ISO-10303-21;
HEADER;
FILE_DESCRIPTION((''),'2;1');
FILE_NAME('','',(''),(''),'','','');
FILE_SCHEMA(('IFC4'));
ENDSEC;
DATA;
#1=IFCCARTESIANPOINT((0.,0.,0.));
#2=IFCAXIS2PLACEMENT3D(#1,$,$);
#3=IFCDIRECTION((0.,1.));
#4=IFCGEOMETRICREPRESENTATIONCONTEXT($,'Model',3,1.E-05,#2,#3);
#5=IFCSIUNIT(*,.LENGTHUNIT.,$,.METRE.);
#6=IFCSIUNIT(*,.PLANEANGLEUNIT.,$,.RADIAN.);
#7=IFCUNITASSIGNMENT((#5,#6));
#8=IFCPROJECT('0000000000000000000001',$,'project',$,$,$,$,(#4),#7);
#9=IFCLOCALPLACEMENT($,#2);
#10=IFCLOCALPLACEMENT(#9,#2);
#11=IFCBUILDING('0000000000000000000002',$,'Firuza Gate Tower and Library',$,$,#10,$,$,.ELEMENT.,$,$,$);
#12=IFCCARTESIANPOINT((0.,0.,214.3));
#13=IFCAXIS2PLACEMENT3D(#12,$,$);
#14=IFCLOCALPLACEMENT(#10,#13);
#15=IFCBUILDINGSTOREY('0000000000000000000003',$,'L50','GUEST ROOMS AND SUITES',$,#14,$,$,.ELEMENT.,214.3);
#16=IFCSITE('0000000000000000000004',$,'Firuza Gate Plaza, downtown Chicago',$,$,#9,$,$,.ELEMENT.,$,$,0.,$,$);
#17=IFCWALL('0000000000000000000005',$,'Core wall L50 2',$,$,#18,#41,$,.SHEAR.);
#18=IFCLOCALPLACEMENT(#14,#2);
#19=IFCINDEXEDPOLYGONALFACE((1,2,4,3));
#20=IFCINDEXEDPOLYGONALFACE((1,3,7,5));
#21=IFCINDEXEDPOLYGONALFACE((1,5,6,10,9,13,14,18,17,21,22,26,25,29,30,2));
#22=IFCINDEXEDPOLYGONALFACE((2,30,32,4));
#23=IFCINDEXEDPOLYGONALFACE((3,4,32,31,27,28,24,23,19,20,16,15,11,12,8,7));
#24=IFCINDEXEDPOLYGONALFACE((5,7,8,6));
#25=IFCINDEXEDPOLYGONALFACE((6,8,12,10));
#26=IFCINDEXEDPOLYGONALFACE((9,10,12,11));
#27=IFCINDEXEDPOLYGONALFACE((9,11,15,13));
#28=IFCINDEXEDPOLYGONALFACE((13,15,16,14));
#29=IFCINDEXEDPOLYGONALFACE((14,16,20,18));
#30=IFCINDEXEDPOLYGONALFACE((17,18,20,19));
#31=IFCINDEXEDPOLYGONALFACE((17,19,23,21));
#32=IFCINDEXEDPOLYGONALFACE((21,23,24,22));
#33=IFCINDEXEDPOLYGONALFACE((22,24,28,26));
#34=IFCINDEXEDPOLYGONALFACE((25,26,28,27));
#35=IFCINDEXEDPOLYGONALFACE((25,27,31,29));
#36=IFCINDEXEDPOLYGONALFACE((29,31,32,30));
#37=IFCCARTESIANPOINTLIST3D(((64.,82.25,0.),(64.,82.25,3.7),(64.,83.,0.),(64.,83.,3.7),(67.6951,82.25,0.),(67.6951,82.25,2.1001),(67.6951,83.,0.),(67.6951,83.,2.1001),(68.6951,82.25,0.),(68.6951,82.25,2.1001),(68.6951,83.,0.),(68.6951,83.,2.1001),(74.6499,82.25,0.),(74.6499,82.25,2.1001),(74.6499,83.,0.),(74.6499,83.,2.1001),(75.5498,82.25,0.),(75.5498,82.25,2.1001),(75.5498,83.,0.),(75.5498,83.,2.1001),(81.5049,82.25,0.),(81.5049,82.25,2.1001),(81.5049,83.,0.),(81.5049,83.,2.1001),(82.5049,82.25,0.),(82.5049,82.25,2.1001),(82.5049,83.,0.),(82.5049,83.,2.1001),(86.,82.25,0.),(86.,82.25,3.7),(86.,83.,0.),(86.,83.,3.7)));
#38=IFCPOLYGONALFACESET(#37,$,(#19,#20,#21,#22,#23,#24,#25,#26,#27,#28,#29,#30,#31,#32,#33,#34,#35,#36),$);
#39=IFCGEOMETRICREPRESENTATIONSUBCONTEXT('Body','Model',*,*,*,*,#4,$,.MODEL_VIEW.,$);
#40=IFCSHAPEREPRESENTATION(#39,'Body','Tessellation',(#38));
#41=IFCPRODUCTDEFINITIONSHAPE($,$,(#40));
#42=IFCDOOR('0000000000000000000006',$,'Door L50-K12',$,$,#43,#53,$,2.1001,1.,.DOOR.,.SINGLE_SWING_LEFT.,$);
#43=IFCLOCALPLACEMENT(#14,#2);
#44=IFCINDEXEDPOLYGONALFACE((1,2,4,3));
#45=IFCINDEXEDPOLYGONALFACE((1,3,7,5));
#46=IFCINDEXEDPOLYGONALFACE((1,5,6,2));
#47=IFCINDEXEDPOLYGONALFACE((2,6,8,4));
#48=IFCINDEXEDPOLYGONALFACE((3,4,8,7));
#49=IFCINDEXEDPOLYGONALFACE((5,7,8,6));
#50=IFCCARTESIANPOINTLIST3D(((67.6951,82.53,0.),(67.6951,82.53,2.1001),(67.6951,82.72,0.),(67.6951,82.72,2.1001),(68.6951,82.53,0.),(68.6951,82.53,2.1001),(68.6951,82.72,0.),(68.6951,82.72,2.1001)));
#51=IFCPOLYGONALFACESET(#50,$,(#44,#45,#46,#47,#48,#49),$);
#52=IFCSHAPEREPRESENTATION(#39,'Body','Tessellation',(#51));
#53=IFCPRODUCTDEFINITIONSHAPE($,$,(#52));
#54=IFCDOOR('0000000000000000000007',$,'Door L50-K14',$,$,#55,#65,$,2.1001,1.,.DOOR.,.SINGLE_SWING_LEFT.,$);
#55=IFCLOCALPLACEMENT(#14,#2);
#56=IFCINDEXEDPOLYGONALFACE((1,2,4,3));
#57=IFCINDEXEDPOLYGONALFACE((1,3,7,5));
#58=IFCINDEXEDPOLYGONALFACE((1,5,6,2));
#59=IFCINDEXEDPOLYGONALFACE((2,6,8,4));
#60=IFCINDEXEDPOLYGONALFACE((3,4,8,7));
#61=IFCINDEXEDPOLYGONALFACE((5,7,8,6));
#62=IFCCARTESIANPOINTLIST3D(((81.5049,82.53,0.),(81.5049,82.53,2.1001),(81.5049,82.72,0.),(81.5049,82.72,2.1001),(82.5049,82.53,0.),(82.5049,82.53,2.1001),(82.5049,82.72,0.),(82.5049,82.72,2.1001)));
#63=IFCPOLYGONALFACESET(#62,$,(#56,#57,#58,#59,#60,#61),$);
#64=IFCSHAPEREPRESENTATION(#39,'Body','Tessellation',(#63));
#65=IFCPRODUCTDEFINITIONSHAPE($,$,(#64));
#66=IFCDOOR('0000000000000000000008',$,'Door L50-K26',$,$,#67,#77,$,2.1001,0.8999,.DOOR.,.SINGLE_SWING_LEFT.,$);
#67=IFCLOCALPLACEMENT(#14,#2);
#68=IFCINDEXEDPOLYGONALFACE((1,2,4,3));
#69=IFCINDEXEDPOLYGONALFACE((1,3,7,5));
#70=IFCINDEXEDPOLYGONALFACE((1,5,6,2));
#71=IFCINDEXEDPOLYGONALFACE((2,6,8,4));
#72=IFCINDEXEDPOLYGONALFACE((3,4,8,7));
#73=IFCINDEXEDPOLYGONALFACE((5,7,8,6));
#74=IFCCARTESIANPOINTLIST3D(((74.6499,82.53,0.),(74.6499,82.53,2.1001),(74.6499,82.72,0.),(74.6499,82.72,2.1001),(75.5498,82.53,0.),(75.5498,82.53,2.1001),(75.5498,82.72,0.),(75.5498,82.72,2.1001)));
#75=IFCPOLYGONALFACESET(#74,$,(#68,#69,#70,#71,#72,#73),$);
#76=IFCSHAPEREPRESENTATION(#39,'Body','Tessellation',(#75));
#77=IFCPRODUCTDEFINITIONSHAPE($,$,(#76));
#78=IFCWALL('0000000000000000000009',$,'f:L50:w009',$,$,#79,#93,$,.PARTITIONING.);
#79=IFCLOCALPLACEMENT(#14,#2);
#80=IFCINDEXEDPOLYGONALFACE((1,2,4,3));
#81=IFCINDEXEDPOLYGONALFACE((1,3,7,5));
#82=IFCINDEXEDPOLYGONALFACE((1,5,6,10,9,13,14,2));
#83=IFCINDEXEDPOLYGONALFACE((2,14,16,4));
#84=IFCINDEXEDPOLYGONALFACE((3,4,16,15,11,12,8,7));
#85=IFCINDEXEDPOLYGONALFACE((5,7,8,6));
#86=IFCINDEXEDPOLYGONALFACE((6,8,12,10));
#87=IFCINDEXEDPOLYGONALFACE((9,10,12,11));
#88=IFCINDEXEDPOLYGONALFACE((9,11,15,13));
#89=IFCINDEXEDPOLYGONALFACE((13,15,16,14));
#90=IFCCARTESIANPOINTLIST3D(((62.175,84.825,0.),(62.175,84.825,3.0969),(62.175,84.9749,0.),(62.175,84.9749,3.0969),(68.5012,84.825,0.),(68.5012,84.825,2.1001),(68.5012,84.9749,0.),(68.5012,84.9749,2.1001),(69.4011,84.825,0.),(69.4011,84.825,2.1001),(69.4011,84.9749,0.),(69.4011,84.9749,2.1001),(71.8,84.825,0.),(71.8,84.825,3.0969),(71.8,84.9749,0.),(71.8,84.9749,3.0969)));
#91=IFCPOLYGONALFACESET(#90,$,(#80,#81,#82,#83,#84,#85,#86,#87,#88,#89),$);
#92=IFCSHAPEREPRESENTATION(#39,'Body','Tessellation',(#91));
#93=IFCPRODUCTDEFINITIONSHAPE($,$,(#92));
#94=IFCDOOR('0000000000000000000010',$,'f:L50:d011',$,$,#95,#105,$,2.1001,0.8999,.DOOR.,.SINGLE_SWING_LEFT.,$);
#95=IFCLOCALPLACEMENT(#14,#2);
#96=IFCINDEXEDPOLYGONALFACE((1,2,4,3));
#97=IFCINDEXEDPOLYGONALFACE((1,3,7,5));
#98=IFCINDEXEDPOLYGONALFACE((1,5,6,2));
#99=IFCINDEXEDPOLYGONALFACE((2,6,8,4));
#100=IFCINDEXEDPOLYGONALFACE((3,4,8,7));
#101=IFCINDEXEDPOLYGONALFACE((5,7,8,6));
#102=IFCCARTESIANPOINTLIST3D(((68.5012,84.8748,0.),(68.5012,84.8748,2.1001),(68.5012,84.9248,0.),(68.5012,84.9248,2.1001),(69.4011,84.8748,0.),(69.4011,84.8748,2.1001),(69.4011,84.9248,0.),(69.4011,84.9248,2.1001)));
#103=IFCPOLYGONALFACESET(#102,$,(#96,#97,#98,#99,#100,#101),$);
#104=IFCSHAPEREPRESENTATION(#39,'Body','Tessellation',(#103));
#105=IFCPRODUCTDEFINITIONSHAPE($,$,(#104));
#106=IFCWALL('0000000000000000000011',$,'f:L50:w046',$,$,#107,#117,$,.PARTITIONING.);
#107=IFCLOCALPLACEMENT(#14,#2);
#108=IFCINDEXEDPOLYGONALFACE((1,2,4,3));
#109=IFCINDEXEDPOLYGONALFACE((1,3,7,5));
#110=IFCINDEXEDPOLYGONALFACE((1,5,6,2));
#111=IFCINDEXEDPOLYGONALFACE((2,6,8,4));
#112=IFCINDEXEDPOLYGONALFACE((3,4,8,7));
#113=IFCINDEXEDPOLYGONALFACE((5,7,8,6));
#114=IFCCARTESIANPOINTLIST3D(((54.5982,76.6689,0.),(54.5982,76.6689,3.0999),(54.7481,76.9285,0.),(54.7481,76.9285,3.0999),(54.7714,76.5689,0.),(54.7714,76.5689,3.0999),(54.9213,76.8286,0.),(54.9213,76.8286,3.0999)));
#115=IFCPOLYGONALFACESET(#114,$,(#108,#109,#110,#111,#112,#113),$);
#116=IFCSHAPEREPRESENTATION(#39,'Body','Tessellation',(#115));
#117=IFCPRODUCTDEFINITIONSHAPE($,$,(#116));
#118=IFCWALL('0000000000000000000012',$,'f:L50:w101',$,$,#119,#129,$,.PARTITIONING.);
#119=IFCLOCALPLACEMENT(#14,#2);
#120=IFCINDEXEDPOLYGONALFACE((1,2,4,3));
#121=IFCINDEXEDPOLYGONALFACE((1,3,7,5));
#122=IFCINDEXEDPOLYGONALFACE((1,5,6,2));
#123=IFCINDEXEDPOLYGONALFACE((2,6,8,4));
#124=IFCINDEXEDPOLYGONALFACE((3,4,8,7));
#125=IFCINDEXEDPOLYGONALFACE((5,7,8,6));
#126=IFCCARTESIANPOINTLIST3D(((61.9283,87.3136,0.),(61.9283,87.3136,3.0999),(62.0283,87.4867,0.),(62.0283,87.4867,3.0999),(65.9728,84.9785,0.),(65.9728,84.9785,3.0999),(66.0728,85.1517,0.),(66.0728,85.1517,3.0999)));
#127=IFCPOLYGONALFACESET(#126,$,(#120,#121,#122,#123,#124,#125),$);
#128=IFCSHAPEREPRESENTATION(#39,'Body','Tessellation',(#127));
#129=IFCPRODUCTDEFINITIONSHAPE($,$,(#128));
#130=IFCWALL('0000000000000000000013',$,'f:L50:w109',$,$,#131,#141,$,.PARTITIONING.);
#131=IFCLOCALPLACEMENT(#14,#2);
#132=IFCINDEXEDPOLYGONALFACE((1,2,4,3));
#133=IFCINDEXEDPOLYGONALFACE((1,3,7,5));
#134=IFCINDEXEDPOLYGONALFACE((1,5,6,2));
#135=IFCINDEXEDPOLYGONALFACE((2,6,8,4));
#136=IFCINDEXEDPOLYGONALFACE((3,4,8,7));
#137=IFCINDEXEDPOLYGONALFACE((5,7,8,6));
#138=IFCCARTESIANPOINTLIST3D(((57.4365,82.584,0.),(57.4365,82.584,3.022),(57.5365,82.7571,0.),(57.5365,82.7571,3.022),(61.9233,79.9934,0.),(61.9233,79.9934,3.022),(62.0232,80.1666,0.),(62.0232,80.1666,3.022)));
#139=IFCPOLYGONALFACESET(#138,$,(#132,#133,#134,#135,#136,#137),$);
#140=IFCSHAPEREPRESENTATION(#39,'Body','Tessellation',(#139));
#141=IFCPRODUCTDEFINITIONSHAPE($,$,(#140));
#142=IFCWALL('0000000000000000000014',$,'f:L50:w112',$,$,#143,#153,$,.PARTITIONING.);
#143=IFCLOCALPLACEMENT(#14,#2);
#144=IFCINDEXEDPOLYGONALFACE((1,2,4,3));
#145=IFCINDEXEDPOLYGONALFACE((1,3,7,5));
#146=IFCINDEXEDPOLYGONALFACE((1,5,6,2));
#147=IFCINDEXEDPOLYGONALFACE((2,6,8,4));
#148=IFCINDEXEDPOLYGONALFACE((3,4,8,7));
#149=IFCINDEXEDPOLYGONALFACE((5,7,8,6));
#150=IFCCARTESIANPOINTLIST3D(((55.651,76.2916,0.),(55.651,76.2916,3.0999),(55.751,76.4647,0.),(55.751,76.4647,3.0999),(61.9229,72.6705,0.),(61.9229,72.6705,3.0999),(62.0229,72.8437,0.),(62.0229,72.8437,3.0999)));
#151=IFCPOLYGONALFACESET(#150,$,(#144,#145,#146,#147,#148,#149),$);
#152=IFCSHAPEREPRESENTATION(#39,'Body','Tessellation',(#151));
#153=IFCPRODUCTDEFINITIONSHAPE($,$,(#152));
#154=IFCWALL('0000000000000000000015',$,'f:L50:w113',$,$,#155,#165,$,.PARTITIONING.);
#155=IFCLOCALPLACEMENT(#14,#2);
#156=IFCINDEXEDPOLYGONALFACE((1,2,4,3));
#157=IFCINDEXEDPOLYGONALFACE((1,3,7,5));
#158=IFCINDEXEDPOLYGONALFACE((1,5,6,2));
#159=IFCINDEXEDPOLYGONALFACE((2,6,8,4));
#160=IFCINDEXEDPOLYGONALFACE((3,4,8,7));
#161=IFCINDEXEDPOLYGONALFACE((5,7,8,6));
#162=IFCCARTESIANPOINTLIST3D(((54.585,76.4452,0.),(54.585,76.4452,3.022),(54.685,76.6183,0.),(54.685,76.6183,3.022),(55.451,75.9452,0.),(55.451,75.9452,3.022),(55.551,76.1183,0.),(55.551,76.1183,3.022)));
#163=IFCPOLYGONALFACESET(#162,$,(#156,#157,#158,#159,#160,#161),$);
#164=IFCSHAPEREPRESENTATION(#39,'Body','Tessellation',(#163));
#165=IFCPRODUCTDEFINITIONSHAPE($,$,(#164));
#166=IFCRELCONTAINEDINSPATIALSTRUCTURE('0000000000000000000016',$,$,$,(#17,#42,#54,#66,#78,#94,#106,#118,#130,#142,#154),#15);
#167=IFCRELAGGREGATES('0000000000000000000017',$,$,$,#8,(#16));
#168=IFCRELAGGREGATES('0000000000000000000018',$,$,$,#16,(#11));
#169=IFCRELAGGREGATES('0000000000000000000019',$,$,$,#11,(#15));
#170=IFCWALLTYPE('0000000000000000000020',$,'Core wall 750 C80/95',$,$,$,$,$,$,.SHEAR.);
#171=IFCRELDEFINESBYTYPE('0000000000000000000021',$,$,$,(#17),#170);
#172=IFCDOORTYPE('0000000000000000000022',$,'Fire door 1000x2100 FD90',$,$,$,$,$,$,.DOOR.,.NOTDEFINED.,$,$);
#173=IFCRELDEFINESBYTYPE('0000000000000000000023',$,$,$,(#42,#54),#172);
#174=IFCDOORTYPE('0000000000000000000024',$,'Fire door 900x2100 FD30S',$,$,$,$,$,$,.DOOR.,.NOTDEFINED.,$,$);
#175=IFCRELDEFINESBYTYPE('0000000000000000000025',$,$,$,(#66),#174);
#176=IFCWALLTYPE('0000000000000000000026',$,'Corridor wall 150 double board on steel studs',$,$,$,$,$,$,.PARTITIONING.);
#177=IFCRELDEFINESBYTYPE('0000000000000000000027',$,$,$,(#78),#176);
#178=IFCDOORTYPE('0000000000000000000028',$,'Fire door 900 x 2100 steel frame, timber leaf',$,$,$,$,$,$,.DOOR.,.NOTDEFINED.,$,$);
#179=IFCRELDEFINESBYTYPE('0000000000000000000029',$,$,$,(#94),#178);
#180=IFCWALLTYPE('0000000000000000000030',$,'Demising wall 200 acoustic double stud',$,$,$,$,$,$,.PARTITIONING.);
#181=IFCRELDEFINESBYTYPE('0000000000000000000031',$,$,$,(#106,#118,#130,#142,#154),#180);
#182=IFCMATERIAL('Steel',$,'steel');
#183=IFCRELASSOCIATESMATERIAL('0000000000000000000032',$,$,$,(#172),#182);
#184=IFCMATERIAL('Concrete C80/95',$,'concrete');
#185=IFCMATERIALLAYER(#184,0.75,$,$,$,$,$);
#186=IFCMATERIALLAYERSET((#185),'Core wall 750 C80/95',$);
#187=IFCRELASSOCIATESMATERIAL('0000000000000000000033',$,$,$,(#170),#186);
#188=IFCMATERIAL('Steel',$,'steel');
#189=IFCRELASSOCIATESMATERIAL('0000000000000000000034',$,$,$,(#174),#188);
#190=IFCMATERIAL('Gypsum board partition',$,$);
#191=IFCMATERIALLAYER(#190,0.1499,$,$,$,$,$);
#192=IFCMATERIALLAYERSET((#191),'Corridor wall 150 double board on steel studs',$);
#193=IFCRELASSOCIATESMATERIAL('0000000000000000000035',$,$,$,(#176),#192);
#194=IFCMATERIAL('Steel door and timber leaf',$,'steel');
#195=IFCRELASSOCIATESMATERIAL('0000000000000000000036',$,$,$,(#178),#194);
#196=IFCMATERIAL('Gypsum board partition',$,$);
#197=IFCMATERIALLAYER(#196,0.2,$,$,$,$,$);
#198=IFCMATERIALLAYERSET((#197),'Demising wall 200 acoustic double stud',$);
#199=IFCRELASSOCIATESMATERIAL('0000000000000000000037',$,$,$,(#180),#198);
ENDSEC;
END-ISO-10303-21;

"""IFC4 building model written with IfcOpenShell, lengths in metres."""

from ifc_helpers import new_model, si_unit, direction, frame, frame_2d, origin, place, context, subcontext, project, spatial, rectangle, extrude, material, layer, layer_set, type_object, element, fill, save


model = new_model("IFC4")

# Units and contexts
model_context = context("Model", 3, precision=1e-05, world=origin(), true_north=direction((0.0, 1.0)))
body_context = subcontext(model_context, "Body", "Model", "MODEL_VIEW")
ifc_project = project(units=[si_unit("LENGTHUNIT", "METRE"), si_unit("PLANEANGLEUNIT", "RADIAN")], contexts=[model_context])

# Site, building, storey
site_placement = place(None, origin())
site = spatial("IfcSite", under=ifc_project, at=site_placement, Name="Firuza Gate Plaza, downtown Chicago", CompositionType="ELEMENT", RefElevation=0.0)
building_placement = place(site_placement, origin())
building = spatial("IfcBuilding", under=site, at=building_placement, Name="Firuza Gate Tower and Library", CompositionType="ELEMENT")
storey_placement = place(building_placement, frame((0.0, 0.0, 214.3)))
storey = spatial("IfcBuildingStorey", under=building, at=storey_placement, Name="L50", Description="GUEST ROOMS AND SUITES", CompositionType="ELEMENT", Elevation=214.3)

# Shared definitions
ifc_material_1 = material(Name="Steel", Category="steel")
door_type_1 = type_object("IfcDoorType", Name="Fire door 1000x2100 FD90", OperationType="NOTDEFINED", PredefinedType="DOOR", material=ifc_material_1)

# Wall, openings, doors
ifc_material_2 = material(Name="Concrete C80/95", Category="concrete")
ifc_layer_1 = layer(ifc_material_2, 0.75)
ifc_layer_set_1 = layer_set([ifc_layer_1], Name="Core wall 750 C80/95")
wall_type_1 = type_object("IfcWallType", Name="Core wall 750 C80/95", PredefinedType="SHEAR", material=ifc_layer_set_1)
wall_1_placement = place(storey_placement, frame((64.0, 82.625, 0.0), z_axis=(0.0, 0.0, 1.0), x_axis=(1.0, 0.0, 0.0)))
wall_1 = element("IfcWall", 1, at=wall_1_placement, inside=storey, type_object=wall_type_1, Name="Core wall L50 2", PredefinedType="SHEAR", context=body_context, shape_type="SweptSolid", body=[
    extrude(rectangle(XDim=22.0, YDim=0.75, at=frame_2d((11.0, 0.0))), origin(), (0.0, 0.0, 1.0), 3.7),
])
opening_1_placement = place(wall_1_placement, frame((3.6951, 0.0, 0.0)))
opening_1 = element("IfcOpeningElement", 2, at=opening_1_placement, cuts=wall_1, PredefinedType="OPENING", context=body_context, shape_type="SweptSolid", body=[
    extrude(rectangle(XDim=1.0, YDim=2.1001, at=frame_2d((0.5, 1.05))), frame((0.0, 0.385, 0.0), z_axis=(0.0, -1.0, 0.0), x_axis=(1.0, 0.0, 0.0)), (0.0, 0.0, 1.0), 0.77),
])
opening_2_placement = place(wall_1_placement, frame((17.5049, 0.0, 0.0)))
opening_2 = element("IfcOpeningElement", 3, at=opening_2_placement, cuts=wall_1, PredefinedType="OPENING", context=body_context, shape_type="SweptSolid", body=[
    extrude(rectangle(XDim=1.0, YDim=2.1001, at=frame_2d((0.5, 1.05))), frame((0.0, 0.385, 0.0), z_axis=(0.0, -1.0, 0.0), x_axis=(1.0, 0.0, 0.0)), (0.0, 0.0, 1.0), 0.77),
])
opening_3_placement = place(wall_1_placement, frame((10.6499, 0.0, 0.0)))
opening_3 = element("IfcOpeningElement", 4, at=opening_3_placement, cuts=wall_1, PredefinedType="OPENING", context=body_context, shape_type="SweptSolid", body=[
    extrude(rectangle(XDim=0.8999, YDim=2.1001, at=frame_2d((0.45, 1.05))), frame((0.0, 0.385, 0.0), z_axis=(0.0, -1.0, 0.0), x_axis=(1.0, 0.0, 0.0)), (0.0, 0.0, 1.0), 0.77),
])
door_1_placement = place(opening_1_placement, origin())
door_1 = element("IfcDoor", 5, at=door_1_placement, inside=storey, type_object=door_type_1, Name="Door L50-K12", OperationType="SINGLE_SWING_LEFT", OverallHeight=2.1001, OverallWidth=1.0, PredefinedType="DOOR", context=body_context, shape_type="SweptSolid", body=[
    extrude(rectangle(XDim=1.0, YDim=2.1001, at=frame_2d((0.5, 1.05))), frame((0.0, 0.095, 0.0), z_axis=(0.0, -1.0, 0.0), x_axis=(1.0, 0.0, 0.0)), (0.0, 0.0, 1.0), 0.1899),
])
fill(opening_1, door_1)
door_2_placement = place(opening_2_placement, origin())
door_2 = element("IfcDoor", 6, at=door_2_placement, inside=storey, type_object=door_type_1, Name="Door L50-K14", OperationType="SINGLE_SWING_LEFT", OverallHeight=2.1001, OverallWidth=1.0, PredefinedType="DOOR", context=body_context, shape_type="SweptSolid", body=[
    extrude(rectangle(XDim=1.0, YDim=2.1001, at=frame_2d((0.5, 1.05))), frame((0.0, 0.095, 0.0), z_axis=(0.0, -1.0, 0.0), x_axis=(1.0, 0.0, 0.0)), (0.0, 0.0, 1.0), 0.1899),
])
fill(opening_2, door_2)
ifc_material_3 = material(Name="Steel", Category="steel")
door_type_2 = type_object("IfcDoorType", Name="Fire door 900x2100 FD30S", OperationType="NOTDEFINED", PredefinedType="DOOR", material=ifc_material_3)
door_3_placement = place(opening_3_placement, origin())
door_3 = element("IfcDoor", 7, at=door_3_placement, inside=storey, type_object=door_type_2, Name="Door L50-K26", OperationType="SINGLE_SWING_LEFT", OverallHeight=2.1001, OverallWidth=0.8999, PredefinedType="DOOR", context=body_context, shape_type="SweptSolid", body=[
    extrude(rectangle(XDim=0.8999, YDim=2.1001, at=frame_2d((0.45, 1.05))), frame((0.0, 0.095, 0.0), z_axis=(0.0, -1.0, 0.0), x_axis=(1.0, 0.0, 0.0)), (0.0, 0.0, 1.0), 0.1899),
])
fill(opening_3, door_3)

# Wall, opening, door
ifc_material_4 = material(Name="Gypsum board partition")
ifc_layer_2 = layer(ifc_material_4, 0.1499)
ifc_layer_set_2 = layer_set([ifc_layer_2], Name="Corridor wall 150 double board on steel studs")
wall_type_2 = type_object("IfcWallType", Name="Corridor wall 150 double board on steel studs", PredefinedType="PARTITIONING", material=ifc_layer_set_2)
wall_2_placement = place(storey_placement, frame((62.175, 84.8999, 0.0), z_axis=(0.0, 0.0, 1.0), x_axis=(1.0, 0.0, 0.0)))
wall_2 = element("IfcWall", 8, at=wall_2_placement, inside=storey, type_object=wall_type_2, Name="f:L50:w009", PredefinedType="PARTITIONING", context=body_context, shape_type="SweptSolid", body=[
    extrude(rectangle(XDim=9.625, YDim=0.1499, at=frame_2d((4.8125, 0.0))), origin(), (0.0, 0.0, 1.0), 3.0969),
])
opening_4_placement = place(wall_2_placement, frame((6.3262, 0.0, 0.0)))
opening_4 = element("IfcOpeningElement", 9, at=opening_4_placement, cuts=wall_2, PredefinedType="OPENING", context=body_context, shape_type="SweptSolid", body=[
    extrude(rectangle(XDim=0.8999, YDim=2.1001, at=frame_2d((0.45, 1.05))), frame((0.0, 0.085, 0.0), z_axis=(0.0, -1.0, 0.0), x_axis=(1.0, 0.0, 0.0)), (0.0, 0.0, 1.0), 0.1699),
])
ifc_material_5 = material(Name="Steel door and timber leaf", Category="steel")
door_type_3 = type_object("IfcDoorType", Name="Fire door 900 x 2100 steel frame, timber leaf", OperationType="NOTDEFINED", PredefinedType="DOOR", material=ifc_material_5)
door_4_placement = place(opening_4_placement, origin())
door_4 = element("IfcDoor", 10, at=door_4_placement, inside=storey, type_object=door_type_3, Name="f:L50:d011", OperationType="SINGLE_SWING_LEFT", OverallHeight=2.1001, OverallWidth=0.8999, PredefinedType="DOOR", context=body_context, shape_type="SweptSolid", body=[
    extrude(rectangle(XDim=0.8999, YDim=2.1001, at=frame_2d((0.45, 1.05))), frame((0.0, 0.0249, 0.0), z_axis=(0.0, -1.0, 0.0), x_axis=(1.0, 0.0, 0.0)), (0.0, 0.0, 1.0), 0.05),
])
fill(opening_4, door_4)

# Walls
ifc_material_6 = material(Name="Gypsum board partition")
ifc_layer_3 = layer(ifc_material_6, 0.2)
ifc_layer_set_3 = layer_set([ifc_layer_3], Name="Demising wall 200 acoustic double stud")
wall_type_3 = type_object("IfcWallType", Name="Demising wall 200 acoustic double stud", PredefinedType="PARTITIONING", material=ifc_layer_set_3)
wall_3_placement = place(storey_placement, frame((54.6848, 76.6189, 0.0), z_axis=(0.0, 0.0, 1.0), x_axis=(0.499816, 0.866131, 0.0)))
element("IfcWall", 11, at=wall_3_placement, inside=storey, type_object=wall_type_3, Name="f:L50:w046", PredefinedType="PARTITIONING", context=body_context, shape_type="SweptSolid", body=[
    extrude(rectangle(XDim=0.2998, YDim=0.2, at=frame_2d((0.1499, 0.0))), origin(), (0.0, 0.0, 1.0), 3.0999),
])
wall_4_placement = place(storey_placement, frame((66.0227, 85.0652, 0.0), z_axis=(0.0, 0.0, 1.0), x_axis=(-0.866034, 0.499985, 0.0)))
element("IfcWall", 12, at=wall_4_placement, inside=storey, type_object=wall_type_3, Name="f:L50:w101", PredefinedType="PARTITIONING", context=body_context, shape_type="SweptSolid", body=[
    extrude(rectangle(XDim=4.6702, YDim=0.2, at=frame_2d((2.335, 0.0))), origin(), (0.0, 0.0, 1.0), 3.0999),
])
wall_5_placement = place(storey_placement, frame((61.9731, 80.0801, 0.0), z_axis=(0.0, 0.0, 1.0), x_axis=(-0.866016, 0.500016, 0.0)))
element("IfcWall", 13, at=wall_5_placement, inside=storey, type_object=wall_type_3, Name="f:L50:w109", PredefinedType="PARTITIONING", context=body_context, shape_type="SweptSolid", body=[
    extrude(rectangle(XDim=5.1809, YDim=0.2, at=frame_2d((2.5903, 0.0))), origin(), (0.0, 0.0, 1.0), 3.022),
])
wall_6_placement = place(storey_placement, frame((61.9729, 72.7571, 0.0), z_axis=(0.0, 0.0, 1.0), x_axis=(-0.866027, 0.499997, 0.0)))
element("IfcWall", 14, at=wall_6_placement, inside=storey, type_object=wall_type_3, Name="f:L50:w112", PredefinedType="PARTITIONING", context=body_context, shape_type="SweptSolid", body=[
    extrude(rectangle(XDim=7.2422, YDim=0.2, at=frame_2d((3.6211, 0.0))), origin(), (0.0, 0.0, 1.0), 3.0999),
])
wall_7_placement = place(storey_placement, frame((55.501, 76.0317, 0.0), z_axis=(0.0, 0.0, 1.0), x_axis=(-0.866011, 0.500025, 0.0)))
element("IfcWall", 15, at=wall_7_placement, inside=storey, type_object=wall_type_3, Name="f:L50:w113", PredefinedType="PARTITIONING", context=body_context, shape_type="SweptSolid", body=[
    extrude(rectangle(XDim=1.0, YDim=0.2, at=frame_2d((0.5, 0.0))), origin(), (0.0, 0.0, 1.0), 3.022),
])

save(model, "model.ifc")
